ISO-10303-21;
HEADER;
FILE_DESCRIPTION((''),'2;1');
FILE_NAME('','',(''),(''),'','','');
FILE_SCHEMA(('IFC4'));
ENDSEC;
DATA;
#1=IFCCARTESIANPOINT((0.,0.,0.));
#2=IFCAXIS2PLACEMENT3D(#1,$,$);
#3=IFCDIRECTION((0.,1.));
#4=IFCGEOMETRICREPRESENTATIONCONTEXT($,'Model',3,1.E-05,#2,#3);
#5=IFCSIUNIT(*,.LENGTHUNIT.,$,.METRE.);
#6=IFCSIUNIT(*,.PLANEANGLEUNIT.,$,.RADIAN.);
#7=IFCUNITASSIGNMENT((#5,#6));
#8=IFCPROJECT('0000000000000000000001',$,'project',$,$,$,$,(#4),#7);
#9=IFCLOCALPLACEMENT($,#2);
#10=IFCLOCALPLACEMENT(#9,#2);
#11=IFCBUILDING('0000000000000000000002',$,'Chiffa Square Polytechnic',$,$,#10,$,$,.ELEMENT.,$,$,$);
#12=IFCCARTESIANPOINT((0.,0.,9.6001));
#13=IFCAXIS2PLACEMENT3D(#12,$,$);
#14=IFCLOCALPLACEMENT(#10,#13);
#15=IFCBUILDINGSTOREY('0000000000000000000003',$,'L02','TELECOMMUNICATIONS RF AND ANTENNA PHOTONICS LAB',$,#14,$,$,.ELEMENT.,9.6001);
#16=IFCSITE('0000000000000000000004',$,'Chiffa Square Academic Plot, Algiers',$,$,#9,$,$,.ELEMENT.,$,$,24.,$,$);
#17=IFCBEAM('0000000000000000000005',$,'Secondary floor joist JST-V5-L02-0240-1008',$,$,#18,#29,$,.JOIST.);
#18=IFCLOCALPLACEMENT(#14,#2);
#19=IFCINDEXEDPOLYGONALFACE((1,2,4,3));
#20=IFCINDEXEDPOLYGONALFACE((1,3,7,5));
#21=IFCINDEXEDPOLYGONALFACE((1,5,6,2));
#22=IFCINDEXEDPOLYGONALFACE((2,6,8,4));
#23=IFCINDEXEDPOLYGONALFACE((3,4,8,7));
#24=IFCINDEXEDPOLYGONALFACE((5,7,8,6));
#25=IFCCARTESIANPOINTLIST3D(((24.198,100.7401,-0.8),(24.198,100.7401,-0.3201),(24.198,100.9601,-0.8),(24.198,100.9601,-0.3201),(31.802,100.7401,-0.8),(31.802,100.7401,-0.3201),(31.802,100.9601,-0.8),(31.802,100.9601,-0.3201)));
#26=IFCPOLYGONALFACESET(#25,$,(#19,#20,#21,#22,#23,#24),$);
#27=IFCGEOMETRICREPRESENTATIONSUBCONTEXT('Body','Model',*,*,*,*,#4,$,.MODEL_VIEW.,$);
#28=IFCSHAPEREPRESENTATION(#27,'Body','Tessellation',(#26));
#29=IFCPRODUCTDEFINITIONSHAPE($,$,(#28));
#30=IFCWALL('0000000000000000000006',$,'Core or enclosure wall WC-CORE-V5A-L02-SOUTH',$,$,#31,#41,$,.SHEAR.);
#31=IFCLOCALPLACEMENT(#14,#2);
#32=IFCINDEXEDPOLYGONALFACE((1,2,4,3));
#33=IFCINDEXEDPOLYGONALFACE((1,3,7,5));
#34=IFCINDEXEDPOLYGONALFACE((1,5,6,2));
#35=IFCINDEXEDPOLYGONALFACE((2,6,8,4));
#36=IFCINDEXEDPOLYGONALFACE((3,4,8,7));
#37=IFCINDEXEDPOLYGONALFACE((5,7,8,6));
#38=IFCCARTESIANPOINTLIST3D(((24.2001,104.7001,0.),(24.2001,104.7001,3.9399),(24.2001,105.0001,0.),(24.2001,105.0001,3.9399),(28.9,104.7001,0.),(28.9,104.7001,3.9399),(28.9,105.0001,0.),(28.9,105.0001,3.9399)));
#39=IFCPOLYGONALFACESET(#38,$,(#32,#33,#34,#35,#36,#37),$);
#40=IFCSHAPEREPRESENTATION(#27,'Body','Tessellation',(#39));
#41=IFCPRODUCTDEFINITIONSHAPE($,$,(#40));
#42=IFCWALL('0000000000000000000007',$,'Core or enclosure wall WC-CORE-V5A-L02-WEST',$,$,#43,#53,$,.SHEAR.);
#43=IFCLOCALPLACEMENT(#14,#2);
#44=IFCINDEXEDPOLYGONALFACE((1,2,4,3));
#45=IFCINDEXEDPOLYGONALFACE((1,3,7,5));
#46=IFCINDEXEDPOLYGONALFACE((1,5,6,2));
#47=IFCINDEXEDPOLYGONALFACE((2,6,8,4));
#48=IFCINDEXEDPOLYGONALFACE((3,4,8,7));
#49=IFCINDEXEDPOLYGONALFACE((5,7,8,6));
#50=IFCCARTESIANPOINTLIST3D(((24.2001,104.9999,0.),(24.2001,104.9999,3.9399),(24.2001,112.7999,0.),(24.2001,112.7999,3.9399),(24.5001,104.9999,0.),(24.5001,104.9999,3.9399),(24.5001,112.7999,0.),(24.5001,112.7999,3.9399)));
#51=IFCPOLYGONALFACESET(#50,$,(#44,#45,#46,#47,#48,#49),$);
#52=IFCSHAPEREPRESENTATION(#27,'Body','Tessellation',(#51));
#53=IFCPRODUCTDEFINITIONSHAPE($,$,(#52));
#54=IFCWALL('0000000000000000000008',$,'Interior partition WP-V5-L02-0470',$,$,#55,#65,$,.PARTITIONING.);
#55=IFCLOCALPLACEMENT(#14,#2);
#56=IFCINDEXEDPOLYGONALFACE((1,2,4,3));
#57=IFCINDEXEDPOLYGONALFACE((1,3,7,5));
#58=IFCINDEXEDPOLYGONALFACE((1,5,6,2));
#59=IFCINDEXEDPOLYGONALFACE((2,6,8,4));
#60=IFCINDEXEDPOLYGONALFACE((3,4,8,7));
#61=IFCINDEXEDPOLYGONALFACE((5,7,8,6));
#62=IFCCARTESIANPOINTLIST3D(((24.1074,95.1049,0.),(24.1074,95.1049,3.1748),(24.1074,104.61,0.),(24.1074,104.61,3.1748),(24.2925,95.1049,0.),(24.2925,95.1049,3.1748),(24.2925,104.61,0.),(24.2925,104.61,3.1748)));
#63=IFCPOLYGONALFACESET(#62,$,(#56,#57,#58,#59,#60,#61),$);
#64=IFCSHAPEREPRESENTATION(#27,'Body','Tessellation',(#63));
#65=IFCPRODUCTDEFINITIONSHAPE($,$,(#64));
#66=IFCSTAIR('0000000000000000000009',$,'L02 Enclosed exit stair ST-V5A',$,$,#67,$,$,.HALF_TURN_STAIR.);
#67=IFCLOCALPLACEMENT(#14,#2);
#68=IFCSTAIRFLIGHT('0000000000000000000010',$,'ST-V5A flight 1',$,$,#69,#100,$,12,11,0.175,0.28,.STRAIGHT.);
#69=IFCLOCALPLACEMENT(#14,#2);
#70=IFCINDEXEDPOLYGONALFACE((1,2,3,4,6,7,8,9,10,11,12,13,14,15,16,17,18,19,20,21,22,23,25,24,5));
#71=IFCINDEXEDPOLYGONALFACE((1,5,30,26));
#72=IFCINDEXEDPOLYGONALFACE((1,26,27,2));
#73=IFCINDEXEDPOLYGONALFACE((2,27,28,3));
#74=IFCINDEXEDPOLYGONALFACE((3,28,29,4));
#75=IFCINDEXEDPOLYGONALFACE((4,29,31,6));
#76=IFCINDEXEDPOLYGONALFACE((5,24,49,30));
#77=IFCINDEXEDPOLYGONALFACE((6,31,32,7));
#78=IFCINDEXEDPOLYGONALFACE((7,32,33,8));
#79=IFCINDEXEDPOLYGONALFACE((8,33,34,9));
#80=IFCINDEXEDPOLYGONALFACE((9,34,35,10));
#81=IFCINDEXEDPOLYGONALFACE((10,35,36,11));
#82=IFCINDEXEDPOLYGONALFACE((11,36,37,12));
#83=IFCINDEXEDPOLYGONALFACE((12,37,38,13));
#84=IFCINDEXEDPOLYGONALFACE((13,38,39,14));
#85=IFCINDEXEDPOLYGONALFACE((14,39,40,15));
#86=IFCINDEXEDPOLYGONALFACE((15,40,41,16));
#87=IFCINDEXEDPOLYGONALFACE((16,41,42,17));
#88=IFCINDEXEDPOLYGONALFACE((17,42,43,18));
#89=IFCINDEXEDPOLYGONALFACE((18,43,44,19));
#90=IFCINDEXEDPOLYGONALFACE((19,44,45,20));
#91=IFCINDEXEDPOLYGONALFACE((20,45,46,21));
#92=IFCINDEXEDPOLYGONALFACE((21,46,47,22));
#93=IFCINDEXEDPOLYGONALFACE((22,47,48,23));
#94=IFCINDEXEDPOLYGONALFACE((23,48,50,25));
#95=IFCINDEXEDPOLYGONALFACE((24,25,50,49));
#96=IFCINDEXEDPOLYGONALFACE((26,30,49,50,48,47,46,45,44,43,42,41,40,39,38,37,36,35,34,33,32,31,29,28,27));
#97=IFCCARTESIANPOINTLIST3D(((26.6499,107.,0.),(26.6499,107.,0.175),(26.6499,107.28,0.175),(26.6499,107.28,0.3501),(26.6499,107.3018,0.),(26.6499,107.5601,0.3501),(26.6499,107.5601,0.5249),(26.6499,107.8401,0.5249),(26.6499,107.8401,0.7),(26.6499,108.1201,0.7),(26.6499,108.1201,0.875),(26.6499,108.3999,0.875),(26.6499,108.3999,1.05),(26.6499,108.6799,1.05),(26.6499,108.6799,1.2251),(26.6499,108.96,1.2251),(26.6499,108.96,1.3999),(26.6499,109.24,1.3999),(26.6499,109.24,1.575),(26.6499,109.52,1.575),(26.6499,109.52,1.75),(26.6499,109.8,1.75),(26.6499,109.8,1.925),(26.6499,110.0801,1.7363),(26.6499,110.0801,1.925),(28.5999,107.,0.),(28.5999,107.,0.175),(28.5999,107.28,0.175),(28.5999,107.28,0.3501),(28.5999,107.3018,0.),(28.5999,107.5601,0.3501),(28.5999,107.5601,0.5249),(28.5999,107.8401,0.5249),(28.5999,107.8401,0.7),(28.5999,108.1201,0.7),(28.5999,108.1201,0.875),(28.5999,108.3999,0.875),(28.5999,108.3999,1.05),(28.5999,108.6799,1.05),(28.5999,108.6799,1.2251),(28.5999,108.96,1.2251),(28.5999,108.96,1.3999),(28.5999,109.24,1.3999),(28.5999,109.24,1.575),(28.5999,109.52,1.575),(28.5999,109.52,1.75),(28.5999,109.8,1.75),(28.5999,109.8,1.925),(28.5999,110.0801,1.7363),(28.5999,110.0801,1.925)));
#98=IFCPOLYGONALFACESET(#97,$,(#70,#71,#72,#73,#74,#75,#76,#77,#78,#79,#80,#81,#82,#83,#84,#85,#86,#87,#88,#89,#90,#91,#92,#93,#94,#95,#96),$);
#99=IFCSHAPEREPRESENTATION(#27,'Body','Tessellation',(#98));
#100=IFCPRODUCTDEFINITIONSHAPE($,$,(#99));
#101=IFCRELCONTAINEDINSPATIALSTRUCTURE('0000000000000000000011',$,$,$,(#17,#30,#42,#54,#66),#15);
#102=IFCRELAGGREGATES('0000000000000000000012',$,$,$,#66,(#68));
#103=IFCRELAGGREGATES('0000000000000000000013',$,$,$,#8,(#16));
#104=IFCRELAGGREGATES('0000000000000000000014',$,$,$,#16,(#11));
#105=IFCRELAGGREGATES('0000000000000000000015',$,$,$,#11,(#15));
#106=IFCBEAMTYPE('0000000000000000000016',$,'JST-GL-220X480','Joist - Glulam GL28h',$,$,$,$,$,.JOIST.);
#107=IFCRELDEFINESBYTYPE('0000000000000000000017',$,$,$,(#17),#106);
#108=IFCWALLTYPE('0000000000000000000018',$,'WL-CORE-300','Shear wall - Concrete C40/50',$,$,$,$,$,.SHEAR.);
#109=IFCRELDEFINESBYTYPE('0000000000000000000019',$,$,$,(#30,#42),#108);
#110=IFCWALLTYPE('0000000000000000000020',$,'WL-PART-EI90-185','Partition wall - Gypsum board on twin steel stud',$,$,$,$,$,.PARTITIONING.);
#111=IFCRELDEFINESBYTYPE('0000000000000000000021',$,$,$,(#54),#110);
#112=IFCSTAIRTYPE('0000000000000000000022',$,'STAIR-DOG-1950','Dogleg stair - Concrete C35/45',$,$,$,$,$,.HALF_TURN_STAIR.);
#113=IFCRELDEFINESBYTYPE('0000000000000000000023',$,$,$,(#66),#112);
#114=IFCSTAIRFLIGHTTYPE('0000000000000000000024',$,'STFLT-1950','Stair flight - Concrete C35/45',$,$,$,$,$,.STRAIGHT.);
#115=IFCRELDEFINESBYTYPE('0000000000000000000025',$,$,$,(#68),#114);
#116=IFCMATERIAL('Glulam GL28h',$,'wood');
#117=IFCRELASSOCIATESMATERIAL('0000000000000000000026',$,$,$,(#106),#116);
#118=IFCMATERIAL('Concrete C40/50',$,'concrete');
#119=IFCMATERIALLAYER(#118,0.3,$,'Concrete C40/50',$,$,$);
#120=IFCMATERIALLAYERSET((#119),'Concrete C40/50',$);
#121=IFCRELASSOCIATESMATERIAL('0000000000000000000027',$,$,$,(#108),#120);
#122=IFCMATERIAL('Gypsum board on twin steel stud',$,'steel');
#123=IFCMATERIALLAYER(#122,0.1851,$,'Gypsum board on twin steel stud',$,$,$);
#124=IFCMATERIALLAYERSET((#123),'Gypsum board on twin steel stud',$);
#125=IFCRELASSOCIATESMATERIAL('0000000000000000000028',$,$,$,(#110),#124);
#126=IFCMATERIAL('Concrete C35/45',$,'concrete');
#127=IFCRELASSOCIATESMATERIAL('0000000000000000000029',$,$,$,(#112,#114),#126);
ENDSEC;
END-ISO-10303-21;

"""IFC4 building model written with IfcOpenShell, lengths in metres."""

from ifc_helpers import new_model, si_unit, direction, frame, frame_2d, origin, origin_2d, place, context, subcontext, project, spatial, polyline, rectangle, outline, extrude, material, layer, layer_set, material_profile, profile_set, type_object, element, aggregate, save


model = new_model("IFC4")

# Units and contexts
model_context = context("Model", 3, precision=1e-05, world=origin(), true_north=direction((0.0, 1.0)))
body_context = subcontext(model_context, "Body", "Model", "MODEL_VIEW")
ifc_project = project(units=[si_unit("LENGTHUNIT", "METRE"), si_unit("PLANEANGLEUNIT", "RADIAN")], contexts=[model_context])

# Site, building, storey
site_placement = place(None, origin())
site = spatial("IfcSite", under=ifc_project, at=site_placement, Name="Chiffa Square Academic Plot, Algiers", CompositionType="ELEMENT", RefElevation=24.0)
building_placement = place(site_placement, origin())
building = spatial("IfcBuilding", under=site, at=building_placement, Name="Chiffa Square Polytechnic", CompositionType="ELEMENT")
storey_placement = place(building_placement, frame((0.0, 0.0, 9.6001)))
storey = spatial("IfcBuildingStorey", under=building, at=storey_placement, Name="L02", Description="TELECOMMUNICATIONS RF AND ANTENNA PHOTONICS LAB", CompositionType="ELEMENT", Elevation=9.6001)

# Shared definitions
ifc_material_1 = material(Name="Concrete C35/45", Category="concrete")

# Beam
ifc_material_2 = material(Name="Glulam GL28h", Category="wood")
ifc_material_profile_1 = material_profile(ifc_material_2, rectangle(XDim=0.22, YDim=0.48, at=origin_2d()), Name="GL28h 220x480")
ifc_profile_set_1 = profile_set([ifc_material_profile_1], Name="Glulam GL28h")
beam_type_1 = type_object("IfcBeamType", Name="JST-GL-220X480", Description="Joist - Glulam GL28h", PredefinedType="JOIST", material=ifc_profile_set_1)
for number, where, z_axis, x_axis, name in (
    (1, (24.198, 100.8501, -0.5601), (1.0, 0.0, 0.0), (0.0, 1.0, 0.0), "Secondary floor joist JST-V5-L02-0240-1008"),
):
    element("IfcBeam", number, at=place(storey_placement, frame(where, z_axis=z_axis, x_axis=x_axis)), inside=storey, type_object=beam_type_1, Name=name, PredefinedType="JOIST", context=body_context, shape_type="SweptSolid", body=[
        extrude(rectangle(XDim=0.22, YDim=0.48, at=origin_2d()), origin(), (0.0, 0.0, 1.0), 7.604),
    ])

# Walls
ifc_material_3 = material(Name="Concrete C40/50", Category="concrete")
ifc_layer_1 = layer(ifc_material_3, 0.3, Name="Concrete C40/50")
ifc_layer_set_1 = layer_set([ifc_layer_1], Name="Concrete C40/50")
wall_type_1 = type_object("IfcWallType", Name="WL-CORE-300", Description="Shear wall - Concrete C40/50", PredefinedType="SHEAR", material=ifc_layer_set_1)
wall_1_placement = place(storey_placement, frame((24.2, 104.8501, 0.0), z_axis=(0.0, 0.0, 1.0), x_axis=(1.0, 0.0, 0.0)))
element("IfcWall", 2, at=wall_1_placement, inside=storey, type_object=wall_type_1, Name="Core or enclosure wall WC-CORE-V5A-L02-SOUTH", PredefinedType="SHEAR", context=body_context, shape_type="SweptSolid", body=[
    extrude(rectangle(XDim=4.7, YDim=0.3, at=frame_2d((2.3501, 0.0))), origin(), (0.0, 0.0, 1.0), 3.9399),
])
wall_2_placement = place(storey_placement, frame((24.3501, 105.0, 0.0), z_axis=(0.0, 0.0, 1.0), x_axis=(0.0, 1.0, 0.0)))
element("IfcWall", 3, at=wall_2_placement, inside=storey, type_object=wall_type_1, Name="Core or enclosure wall WC-CORE-V5A-L02-WEST", PredefinedType="SHEAR", context=body_context, shape_type="SweptSolid", body=[
    extrude(rectangle(XDim=7.8, YDim=0.3, at=frame_2d((3.8999, 0.0))), origin(), (0.0, 0.0, 1.0), 3.9399),
])

# Wall
ifc_material_4 = material(Name="Gypsum board on twin steel stud", Category="steel")
ifc_layer_2 = layer(ifc_material_4, 0.1851, Name="Gypsum board on twin steel stud")
ifc_layer_set_2 = layer_set([ifc_layer_2], Name="Gypsum board on twin steel stud")
wall_type_2 = type_object("IfcWallType", Name="WL-PART-EI90-185", Description="Partition wall - Gypsum board on twin steel stud", PredefinedType="PARTITIONING", material=ifc_layer_set_2)
wall_3_placement = place(storey_placement, frame((24.2, 95.105, 0.0), z_axis=(0.0, 0.0, 1.0), x_axis=(0.0, 1.0, 0.0)))
element("IfcWall", 4, at=wall_3_placement, inside=storey, type_object=wall_type_2, Name="Interior partition WP-V5-L02-0470", PredefinedType="PARTITIONING", context=body_context, shape_type="SweptSolid", body=[
    extrude(rectangle(XDim=9.5051, YDim=0.1851, at=frame_2d((4.7524, 0.0))), origin(), (0.0, 0.0, 1.0), 3.1748),
])

# Stair, stair flight
stair_type = type_object("IfcStairType", Name="STAIR-DOG-1950", Description="Dogleg stair - Concrete C35/45", PredefinedType="HALF_TURN_STAIR", material=ifc_material_1)
stair_placement = place(storey_placement, origin())
stair = element("IfcStair", 5, at=stair_placement, inside=storey, type_object=stair_type, Name="L02 Enclosed exit stair ST-V5A", PredefinedType="HALF_TURN_STAIR")
stair_flight_type = type_object("IfcStairFlightType", Name="STFLT-1950", Description="Stair flight - Concrete C35/45", PredefinedType="STRAIGHT", material=ifc_material_1)
stair_flight_placement = place(storey_placement, frame((27.625, 107.0, 0.0), z_axis=(0.0, 0.0, 1.0), x_axis=(0.0, 1.0, 0.0)))
stair_flight = element("IfcStairFlight", 6, at=stair_flight_placement, type_object=stair_flight_type, Name="ST-V5A flight 1", NumberOfRisers=12, NumberOfTreads=11, PredefinedType="STRAIGHT", RiserHeight=0.175, TreadLength=0.28, context=body_context, shape_type="SweptSolid", body=[
    extrude(outline(polyline([(0.0, 0.0), (0.0, 0.175), (0.28, 0.175), (0.28, 0.3501), (0.5601, 0.3501), (0.5601, 0.5249), (0.8401, 0.5249), (0.8401, 0.7), (1.1201, 0.7), (1.1201, 0.875), (1.3999, 0.875), (1.3999, 1.05), (1.6799, 1.05), (1.6799, 1.2251), (1.96, 1.2251), (1.96, 1.3999), (2.24, 1.3999), (2.24, 1.575), (2.52, 1.575), (2.52, 1.75), (2.8, 1.75), (2.8, 1.925), (3.0801, 1.925), (3.0801, 2.1001), (3.0801, 1.7363), (0.3018, 0.0), (0.0, 0.0)])), frame((0.0, 0.9751, 0.0), z_axis=(0.0, -1.0, 0.0), x_axis=(1.0, 0.0, 0.0)), (0.0, 0.0, 1.0), 1.95),
])
aggregate(stair, [stair_flight])

save(model, "model.ifc")
